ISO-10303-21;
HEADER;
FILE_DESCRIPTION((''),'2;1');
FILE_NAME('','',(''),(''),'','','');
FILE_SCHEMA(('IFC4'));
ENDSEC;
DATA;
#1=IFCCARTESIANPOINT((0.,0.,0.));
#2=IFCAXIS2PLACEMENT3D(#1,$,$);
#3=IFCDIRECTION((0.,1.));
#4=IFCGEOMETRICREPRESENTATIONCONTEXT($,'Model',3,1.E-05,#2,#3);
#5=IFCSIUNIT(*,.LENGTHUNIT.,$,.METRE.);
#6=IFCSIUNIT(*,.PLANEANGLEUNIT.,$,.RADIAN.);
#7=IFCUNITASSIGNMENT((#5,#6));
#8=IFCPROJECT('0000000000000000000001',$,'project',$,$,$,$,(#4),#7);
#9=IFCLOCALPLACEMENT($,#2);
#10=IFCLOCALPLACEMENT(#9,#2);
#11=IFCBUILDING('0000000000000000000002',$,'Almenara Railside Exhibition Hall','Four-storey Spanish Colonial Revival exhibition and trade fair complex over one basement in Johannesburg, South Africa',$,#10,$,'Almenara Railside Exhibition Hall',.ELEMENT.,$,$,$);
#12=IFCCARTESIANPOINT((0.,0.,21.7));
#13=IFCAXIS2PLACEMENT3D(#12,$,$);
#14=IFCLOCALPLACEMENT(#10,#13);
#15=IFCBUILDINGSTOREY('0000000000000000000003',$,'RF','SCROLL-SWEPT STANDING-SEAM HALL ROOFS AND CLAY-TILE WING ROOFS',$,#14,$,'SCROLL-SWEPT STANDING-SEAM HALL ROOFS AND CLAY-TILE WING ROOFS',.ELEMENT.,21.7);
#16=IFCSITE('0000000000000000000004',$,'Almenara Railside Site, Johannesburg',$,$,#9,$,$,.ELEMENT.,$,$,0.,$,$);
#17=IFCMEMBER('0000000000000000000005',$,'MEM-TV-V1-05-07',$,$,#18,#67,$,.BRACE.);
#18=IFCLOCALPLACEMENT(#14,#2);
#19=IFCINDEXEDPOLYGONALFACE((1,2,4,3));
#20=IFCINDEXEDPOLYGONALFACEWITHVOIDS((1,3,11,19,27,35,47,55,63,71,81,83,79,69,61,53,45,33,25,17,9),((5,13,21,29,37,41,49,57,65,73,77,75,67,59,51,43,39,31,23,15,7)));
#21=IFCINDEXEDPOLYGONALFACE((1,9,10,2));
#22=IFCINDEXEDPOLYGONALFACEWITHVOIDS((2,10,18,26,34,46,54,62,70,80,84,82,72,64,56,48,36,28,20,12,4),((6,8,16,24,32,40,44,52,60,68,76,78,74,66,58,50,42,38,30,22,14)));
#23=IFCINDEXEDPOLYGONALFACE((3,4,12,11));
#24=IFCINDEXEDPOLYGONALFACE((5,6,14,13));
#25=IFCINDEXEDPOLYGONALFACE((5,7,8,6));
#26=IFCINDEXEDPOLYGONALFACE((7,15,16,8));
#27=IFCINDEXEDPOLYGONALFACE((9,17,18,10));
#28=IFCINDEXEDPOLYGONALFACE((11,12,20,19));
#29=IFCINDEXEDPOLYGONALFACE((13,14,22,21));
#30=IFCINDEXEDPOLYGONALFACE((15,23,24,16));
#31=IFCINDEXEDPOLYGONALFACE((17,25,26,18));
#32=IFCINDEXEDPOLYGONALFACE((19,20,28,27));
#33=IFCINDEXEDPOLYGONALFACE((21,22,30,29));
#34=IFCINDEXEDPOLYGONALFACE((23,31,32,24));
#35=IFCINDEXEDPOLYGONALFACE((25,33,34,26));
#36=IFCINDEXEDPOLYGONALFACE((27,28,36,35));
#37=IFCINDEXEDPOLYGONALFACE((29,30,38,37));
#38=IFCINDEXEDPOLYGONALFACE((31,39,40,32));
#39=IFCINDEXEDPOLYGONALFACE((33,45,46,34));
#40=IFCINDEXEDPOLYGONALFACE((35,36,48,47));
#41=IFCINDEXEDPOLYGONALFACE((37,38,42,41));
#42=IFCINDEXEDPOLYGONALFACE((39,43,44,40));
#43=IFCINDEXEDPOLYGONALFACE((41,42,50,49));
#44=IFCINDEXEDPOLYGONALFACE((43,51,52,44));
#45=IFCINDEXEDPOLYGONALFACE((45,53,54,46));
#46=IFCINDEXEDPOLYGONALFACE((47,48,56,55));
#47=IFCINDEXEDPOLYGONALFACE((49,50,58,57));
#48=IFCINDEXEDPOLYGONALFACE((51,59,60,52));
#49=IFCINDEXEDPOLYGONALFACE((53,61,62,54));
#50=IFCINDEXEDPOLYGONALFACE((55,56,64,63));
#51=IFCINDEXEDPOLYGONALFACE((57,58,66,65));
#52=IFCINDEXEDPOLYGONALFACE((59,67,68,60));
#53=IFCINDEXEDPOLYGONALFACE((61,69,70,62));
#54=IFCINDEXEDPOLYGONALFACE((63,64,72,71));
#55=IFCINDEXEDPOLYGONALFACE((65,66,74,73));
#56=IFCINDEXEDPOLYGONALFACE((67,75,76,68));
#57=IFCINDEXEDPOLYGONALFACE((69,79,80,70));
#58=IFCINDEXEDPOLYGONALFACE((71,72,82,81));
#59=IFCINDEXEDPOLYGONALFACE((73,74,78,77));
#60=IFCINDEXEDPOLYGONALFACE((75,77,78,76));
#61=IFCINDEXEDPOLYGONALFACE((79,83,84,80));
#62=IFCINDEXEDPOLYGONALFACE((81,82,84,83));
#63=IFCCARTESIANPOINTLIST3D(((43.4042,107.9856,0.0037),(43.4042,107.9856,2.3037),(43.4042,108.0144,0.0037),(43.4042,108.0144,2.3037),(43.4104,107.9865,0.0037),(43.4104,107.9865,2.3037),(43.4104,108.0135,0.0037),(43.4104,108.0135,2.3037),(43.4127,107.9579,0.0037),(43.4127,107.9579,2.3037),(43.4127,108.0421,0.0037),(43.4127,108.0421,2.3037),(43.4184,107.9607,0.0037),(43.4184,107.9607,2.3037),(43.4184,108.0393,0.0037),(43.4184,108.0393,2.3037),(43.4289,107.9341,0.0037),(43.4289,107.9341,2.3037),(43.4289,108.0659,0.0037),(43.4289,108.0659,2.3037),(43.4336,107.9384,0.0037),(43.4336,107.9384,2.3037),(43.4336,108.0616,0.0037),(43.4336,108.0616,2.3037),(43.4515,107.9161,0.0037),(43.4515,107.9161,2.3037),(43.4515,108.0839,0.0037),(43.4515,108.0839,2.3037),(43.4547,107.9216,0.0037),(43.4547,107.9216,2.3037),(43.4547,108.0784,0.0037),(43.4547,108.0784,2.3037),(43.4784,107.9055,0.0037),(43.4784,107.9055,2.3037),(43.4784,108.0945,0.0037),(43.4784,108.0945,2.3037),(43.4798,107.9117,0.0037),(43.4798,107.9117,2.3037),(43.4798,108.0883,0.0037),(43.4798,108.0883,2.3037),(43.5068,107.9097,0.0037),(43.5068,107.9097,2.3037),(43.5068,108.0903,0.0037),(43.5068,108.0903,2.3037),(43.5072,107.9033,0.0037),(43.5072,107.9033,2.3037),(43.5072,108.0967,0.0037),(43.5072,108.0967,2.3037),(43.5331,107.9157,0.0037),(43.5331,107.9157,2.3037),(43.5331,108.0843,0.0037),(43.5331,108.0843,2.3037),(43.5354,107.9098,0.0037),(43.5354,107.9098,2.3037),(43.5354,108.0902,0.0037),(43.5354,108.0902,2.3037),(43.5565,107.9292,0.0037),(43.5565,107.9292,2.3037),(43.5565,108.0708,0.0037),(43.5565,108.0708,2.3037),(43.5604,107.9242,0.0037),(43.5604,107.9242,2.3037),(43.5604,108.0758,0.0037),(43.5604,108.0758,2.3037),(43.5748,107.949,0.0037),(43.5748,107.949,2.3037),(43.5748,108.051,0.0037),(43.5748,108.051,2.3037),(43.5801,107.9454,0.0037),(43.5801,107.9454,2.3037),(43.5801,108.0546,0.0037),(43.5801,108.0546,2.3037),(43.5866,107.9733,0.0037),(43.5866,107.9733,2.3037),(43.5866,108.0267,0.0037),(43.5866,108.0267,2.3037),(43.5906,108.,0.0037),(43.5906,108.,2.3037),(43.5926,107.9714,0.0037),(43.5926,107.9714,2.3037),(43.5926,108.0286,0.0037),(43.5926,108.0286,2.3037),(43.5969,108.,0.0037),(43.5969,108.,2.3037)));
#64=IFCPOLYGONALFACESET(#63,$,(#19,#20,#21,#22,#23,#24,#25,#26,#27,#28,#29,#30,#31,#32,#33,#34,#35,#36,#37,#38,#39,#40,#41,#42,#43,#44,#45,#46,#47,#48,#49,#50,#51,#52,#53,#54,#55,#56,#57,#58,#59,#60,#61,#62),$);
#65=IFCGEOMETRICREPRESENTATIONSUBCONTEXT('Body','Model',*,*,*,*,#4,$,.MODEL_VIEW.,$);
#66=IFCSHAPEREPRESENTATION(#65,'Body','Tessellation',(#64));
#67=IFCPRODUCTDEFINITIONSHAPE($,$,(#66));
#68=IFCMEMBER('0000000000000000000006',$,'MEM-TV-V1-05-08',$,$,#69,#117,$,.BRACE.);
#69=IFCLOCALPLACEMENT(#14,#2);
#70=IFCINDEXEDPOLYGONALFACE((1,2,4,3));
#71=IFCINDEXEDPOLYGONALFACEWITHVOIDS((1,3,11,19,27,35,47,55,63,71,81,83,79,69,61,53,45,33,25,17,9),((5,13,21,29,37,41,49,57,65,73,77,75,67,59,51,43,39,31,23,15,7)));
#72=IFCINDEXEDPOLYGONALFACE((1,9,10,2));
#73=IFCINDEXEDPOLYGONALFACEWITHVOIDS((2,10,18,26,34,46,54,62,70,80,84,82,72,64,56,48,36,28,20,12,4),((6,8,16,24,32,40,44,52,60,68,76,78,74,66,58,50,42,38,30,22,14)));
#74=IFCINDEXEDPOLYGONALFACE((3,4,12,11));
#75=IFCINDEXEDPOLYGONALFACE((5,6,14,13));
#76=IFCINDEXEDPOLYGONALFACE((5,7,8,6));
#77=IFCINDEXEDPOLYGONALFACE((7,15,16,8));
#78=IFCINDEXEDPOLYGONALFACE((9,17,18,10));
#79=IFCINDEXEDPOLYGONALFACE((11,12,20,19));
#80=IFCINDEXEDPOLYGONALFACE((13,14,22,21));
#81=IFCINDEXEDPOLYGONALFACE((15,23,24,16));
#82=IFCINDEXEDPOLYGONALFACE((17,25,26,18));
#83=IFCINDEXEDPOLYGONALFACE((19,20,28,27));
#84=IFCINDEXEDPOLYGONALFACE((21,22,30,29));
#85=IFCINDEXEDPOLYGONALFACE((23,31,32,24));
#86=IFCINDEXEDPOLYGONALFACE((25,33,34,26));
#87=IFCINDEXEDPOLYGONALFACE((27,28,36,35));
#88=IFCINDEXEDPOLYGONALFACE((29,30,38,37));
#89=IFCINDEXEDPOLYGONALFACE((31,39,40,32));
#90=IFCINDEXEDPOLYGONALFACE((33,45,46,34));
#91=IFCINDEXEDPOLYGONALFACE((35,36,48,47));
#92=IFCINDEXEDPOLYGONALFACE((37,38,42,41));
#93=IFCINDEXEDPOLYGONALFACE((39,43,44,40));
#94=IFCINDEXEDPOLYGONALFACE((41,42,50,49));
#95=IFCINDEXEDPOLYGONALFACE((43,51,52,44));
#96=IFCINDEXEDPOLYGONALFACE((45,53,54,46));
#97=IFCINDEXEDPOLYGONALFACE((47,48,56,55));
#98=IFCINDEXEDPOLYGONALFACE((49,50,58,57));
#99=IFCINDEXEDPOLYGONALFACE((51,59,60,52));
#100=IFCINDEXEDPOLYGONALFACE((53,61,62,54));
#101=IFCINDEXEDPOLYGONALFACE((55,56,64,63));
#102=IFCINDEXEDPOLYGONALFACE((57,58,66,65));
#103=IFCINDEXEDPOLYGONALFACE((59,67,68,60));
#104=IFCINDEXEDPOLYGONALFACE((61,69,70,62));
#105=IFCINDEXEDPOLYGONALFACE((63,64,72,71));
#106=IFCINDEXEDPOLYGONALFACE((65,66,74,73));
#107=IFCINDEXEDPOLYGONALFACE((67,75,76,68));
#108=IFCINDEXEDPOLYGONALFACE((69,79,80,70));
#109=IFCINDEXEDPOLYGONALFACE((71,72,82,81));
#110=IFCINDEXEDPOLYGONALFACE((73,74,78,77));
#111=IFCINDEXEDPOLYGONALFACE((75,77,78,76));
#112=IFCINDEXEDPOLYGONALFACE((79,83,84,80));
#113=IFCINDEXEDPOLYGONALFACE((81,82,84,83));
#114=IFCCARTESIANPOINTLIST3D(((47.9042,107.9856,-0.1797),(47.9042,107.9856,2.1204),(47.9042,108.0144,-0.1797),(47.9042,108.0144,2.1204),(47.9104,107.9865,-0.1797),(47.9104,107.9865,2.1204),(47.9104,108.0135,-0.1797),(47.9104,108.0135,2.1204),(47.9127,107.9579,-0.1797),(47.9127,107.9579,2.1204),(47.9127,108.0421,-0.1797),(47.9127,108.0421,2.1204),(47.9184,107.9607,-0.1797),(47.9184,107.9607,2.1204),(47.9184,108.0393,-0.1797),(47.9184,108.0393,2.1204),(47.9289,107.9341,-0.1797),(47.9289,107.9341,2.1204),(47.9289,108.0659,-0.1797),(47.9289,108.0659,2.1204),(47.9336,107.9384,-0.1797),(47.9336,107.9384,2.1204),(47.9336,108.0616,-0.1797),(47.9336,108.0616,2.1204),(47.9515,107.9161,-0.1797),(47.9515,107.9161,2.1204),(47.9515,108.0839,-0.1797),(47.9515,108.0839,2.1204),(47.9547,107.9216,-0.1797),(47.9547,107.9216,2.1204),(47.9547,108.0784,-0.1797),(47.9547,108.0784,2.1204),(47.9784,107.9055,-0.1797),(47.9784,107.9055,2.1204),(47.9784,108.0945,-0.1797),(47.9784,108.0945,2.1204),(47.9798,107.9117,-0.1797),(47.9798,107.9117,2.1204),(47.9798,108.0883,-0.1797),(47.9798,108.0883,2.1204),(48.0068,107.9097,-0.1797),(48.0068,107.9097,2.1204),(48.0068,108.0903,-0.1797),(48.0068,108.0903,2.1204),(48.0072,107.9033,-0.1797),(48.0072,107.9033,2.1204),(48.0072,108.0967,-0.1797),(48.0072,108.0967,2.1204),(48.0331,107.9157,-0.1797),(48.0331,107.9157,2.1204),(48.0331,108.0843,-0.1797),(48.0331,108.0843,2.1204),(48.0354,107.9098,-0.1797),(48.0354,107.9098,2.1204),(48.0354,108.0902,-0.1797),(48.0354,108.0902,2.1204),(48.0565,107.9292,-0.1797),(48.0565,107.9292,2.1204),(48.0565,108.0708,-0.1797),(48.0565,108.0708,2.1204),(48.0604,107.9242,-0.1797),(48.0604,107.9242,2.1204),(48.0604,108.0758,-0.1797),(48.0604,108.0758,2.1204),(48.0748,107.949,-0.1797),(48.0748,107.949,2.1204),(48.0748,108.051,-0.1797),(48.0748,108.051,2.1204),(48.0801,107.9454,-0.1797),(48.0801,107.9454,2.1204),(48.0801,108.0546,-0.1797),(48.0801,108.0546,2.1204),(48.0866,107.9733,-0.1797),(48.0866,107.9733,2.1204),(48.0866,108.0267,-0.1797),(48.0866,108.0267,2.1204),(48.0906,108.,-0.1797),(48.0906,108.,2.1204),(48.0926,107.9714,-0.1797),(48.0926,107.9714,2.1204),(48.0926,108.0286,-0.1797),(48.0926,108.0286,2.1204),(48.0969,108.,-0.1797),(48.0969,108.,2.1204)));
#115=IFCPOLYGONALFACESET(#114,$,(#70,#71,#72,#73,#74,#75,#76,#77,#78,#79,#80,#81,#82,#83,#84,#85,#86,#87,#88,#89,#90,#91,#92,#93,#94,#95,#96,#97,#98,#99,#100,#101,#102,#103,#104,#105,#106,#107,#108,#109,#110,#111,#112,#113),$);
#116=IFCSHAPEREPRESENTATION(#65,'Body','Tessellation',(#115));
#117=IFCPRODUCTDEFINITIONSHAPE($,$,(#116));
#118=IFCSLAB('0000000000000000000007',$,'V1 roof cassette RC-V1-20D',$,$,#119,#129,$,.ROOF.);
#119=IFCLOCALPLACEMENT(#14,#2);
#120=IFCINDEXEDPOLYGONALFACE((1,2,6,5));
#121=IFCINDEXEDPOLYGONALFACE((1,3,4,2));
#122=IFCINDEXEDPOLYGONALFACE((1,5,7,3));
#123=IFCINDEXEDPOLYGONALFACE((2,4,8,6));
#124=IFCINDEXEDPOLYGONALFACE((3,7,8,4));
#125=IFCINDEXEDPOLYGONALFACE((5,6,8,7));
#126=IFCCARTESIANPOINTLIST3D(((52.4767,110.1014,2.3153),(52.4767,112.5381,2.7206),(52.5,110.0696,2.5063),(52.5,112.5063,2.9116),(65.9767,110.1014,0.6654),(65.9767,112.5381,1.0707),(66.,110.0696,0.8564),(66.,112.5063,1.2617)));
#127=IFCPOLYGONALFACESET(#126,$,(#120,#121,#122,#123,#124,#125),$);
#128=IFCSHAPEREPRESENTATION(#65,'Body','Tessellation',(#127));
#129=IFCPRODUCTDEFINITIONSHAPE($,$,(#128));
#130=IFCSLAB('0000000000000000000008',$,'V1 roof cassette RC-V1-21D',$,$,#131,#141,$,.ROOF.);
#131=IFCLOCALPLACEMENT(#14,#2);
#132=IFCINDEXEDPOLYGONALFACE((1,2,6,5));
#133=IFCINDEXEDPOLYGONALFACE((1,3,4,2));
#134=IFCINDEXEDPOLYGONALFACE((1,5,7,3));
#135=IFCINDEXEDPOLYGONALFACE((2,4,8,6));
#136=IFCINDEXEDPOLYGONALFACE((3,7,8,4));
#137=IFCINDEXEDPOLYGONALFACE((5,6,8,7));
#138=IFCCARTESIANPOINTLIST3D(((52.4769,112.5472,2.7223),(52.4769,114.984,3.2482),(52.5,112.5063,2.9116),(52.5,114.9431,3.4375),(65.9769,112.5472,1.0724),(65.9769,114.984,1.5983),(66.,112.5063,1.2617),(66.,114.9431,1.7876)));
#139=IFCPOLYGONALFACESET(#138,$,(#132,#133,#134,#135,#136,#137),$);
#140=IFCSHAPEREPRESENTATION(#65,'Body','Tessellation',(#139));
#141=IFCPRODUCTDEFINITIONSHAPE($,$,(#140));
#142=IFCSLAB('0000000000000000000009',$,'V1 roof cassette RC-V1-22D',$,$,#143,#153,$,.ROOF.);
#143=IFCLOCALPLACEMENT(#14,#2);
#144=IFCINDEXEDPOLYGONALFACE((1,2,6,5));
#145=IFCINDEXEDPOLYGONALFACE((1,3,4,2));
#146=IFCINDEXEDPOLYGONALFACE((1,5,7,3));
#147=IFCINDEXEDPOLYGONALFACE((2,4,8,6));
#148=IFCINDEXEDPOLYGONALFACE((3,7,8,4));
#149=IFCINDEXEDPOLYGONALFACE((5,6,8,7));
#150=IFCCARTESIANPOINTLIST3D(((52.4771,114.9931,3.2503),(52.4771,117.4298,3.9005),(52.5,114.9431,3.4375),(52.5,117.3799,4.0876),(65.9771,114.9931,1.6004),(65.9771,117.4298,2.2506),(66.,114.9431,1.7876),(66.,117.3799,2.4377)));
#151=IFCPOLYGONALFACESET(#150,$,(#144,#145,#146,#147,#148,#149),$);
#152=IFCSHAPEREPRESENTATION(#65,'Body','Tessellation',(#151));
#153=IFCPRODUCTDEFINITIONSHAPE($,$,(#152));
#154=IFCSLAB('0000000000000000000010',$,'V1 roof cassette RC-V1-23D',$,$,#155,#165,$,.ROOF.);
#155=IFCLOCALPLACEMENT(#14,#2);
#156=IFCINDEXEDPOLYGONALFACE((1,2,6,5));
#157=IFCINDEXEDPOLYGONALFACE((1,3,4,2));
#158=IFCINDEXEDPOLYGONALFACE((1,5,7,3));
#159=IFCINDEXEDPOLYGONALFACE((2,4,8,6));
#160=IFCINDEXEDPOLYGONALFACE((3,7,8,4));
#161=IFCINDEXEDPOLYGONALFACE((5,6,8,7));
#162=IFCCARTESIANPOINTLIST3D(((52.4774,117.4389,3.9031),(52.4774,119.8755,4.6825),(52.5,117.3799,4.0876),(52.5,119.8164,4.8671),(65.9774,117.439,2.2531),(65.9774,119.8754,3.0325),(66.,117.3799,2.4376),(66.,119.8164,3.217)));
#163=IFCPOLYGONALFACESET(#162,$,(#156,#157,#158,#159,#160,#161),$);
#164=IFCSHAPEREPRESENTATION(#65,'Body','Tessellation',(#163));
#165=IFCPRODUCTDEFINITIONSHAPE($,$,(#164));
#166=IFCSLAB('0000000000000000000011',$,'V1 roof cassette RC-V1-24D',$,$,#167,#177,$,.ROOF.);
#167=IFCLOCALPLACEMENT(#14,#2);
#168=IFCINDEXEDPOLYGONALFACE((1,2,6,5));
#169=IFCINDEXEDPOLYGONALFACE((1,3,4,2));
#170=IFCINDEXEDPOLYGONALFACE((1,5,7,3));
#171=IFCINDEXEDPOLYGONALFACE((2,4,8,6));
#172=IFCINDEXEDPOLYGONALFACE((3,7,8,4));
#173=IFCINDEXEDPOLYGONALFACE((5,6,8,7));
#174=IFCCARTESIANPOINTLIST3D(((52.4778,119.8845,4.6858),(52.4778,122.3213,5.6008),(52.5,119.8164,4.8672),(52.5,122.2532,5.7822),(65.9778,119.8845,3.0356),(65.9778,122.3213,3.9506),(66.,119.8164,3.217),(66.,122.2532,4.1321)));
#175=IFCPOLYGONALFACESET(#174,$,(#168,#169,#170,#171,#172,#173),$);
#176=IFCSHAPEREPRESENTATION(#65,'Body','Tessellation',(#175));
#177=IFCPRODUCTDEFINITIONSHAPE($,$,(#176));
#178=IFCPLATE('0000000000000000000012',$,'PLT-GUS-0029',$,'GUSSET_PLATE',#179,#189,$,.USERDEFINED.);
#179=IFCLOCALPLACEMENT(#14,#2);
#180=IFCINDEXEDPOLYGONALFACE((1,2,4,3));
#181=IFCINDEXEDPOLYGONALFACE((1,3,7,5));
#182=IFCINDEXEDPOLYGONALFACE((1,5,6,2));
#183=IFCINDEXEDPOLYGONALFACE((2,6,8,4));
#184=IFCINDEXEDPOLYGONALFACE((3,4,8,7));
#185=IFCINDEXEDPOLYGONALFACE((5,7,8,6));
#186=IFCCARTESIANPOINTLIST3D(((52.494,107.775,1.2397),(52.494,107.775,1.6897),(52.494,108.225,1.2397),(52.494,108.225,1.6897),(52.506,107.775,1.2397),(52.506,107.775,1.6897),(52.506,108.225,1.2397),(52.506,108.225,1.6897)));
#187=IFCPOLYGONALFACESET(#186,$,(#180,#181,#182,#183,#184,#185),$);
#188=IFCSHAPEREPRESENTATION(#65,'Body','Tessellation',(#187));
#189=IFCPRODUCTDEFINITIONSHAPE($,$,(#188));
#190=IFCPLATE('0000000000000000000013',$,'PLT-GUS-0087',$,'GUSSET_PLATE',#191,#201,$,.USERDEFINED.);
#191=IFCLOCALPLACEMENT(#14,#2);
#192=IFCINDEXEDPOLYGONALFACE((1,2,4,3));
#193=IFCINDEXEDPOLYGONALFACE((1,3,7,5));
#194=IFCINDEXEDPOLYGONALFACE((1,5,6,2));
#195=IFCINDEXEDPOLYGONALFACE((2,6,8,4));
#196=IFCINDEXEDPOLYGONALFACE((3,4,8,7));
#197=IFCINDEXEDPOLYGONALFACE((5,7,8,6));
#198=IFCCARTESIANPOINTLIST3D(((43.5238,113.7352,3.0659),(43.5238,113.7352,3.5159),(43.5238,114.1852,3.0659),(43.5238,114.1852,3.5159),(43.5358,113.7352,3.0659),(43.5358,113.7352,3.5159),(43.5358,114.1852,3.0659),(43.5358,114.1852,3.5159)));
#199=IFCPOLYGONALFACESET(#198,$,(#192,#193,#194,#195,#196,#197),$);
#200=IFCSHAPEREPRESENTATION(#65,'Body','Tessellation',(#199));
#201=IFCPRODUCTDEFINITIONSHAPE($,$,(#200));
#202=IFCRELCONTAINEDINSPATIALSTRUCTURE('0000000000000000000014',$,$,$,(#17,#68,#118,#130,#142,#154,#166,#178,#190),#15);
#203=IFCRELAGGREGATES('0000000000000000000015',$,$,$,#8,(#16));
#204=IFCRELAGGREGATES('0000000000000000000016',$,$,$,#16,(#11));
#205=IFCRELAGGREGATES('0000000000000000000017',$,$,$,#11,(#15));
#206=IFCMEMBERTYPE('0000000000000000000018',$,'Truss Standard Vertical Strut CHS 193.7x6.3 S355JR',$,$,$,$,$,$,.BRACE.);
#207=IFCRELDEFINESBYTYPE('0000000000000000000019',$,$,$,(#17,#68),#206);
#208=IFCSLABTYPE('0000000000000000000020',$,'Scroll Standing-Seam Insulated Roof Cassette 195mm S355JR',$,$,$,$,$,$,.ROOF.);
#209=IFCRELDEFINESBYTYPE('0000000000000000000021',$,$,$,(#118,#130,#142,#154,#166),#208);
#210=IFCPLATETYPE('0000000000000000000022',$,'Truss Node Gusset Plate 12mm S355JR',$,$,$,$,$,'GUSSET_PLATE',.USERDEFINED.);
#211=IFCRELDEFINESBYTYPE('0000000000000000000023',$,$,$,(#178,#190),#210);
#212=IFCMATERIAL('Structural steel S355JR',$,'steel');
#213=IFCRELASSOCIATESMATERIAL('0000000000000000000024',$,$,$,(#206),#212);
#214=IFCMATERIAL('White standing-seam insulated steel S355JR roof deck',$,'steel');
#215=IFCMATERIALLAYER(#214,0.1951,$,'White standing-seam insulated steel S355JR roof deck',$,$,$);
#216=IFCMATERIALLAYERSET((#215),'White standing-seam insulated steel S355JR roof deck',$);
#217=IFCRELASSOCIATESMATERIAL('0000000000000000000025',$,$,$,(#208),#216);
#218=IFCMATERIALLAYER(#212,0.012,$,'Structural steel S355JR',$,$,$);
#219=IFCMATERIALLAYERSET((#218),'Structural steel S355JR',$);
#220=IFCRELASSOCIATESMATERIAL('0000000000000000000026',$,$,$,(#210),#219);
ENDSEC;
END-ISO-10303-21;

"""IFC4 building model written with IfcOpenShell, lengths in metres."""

from ifc_helpers import new_model, si_unit, direction, frame, origin, origin_2d, place, context, subcontext, project, spatial, polyline, rectangle, hollow_circle, outline, extrude, material, layer, layer_set, material_profile, profile_set, type_object, element, save


model = new_model("IFC4")

# Units and contexts
model_context = context("Model", 3, precision=1e-05, world=origin(), true_north=direction((0.0, 1.0)))
body_context = subcontext(model_context, "Body", "Model", "MODEL_VIEW")
ifc_project = project(units=[si_unit("LENGTHUNIT", "METRE"), si_unit("PLANEANGLEUNIT", "RADIAN")], contexts=[model_context])

# Site, building, storey
site_placement = place(None, origin())
site = spatial("IfcSite", under=ifc_project, at=site_placement, Name="Almenara Railside Site, Johannesburg", CompositionType="ELEMENT", RefElevation=0.0)
building_placement = place(site_placement, origin())
building = spatial("IfcBuilding", under=site, at=building_placement, Name="Almenara Railside Exhibition Hall", Description="Four-storey Spanish Colonial Revival exhibition and trade fair complex over one basement in Johannesburg, South Africa", LongName="Almenara Railside Exhibition Hall", CompositionType="ELEMENT")
storey_placement = place(building_placement, frame((0.0, 0.0, 21.7)))
storey = spatial("IfcBuildingStorey", under=building, at=storey_placement, Name="RF", Description="SCROLL-SWEPT STANDING-SEAM HALL ROOFS AND CLAY-TILE WING ROOFS", LongName="SCROLL-SWEPT STANDING-SEAM HALL ROOFS AND CLAY-TILE WING ROOFS", CompositionType="ELEMENT", Elevation=21.7)

# Members
ifc_material_1 = material(Name="Structural steel S355JR", Category="steel")
ifc_material_profile_1 = material_profile(ifc_material_1, hollow_circle(Radius=0.0969, WallThickness=0.0063, at=origin_2d()), Name="CHS 193.7x6.3")
ifc_profile_set_1 = profile_set([ifc_material_profile_1], Name="Structural steel S355JR")
member_type_1 = type_object("IfcMemberType", Name="Truss Standard Vertical Strut CHS 193.7x6.3 S355JR", PredefinedType="BRACE", material=ifc_profile_set_1)
for number, where, z_axis, x_axis, name in (
    (1, (43.5, 108.0, 0.0037), (0.0, 0.0, 1.0), (1.0, 0.0, 0.0), "MEM-TV-V1-05-07"),
    (2, (48.0, 108.0, -0.1797), (0.0, 0.0, 1.0), (1.0, 0.0, 0.0), "MEM-TV-V1-05-08"),
):
    element("IfcMember", number, at=place(storey_placement, frame(where, z_axis=z_axis, x_axis=x_axis)), inside=storey, type_object=member_type_1, Name=name, PredefinedType="BRACE", context=body_context, shape_type="SweptSolid", body=[
        extrude(hollow_circle(Radius=0.0969, WallThickness=0.0063, at=origin_2d()), origin(), (0.0, 0.0, 1.0), 2.3),
    ])

# Slabs
ifc_material_2 = material(Name="White standing-seam insulated steel S355JR roof deck", Category="steel")
ifc_layer_1 = layer(ifc_material_2, 0.1951, Name="White standing-seam insulated steel S355JR roof deck")
ifc_layer_set_1 = layer_set([ifc_layer_1], Name="White standing-seam insulated steel S355JR roof deck")
slab_type = type_object("IfcSlabType", Name="Scroll Standing-Seam Insulated Roof Cassette 195mm S355JR", PredefinedType="ROOF", material=ifc_layer_set_1)
slab_1_placement = place(storey_placement, frame((52.5, 110.0696, 2.5063), z_axis=(0.119692, -0.162883, 0.979358), x_axis=(0.992614, 0.0, -0.121312)))
element("IfcSlab", 3, at=slab_1_placement, inside=storey, type_object=slab_type, Name="V1 roof cassette RC-V1-20D", PredefinedType="ROOF", context=body_context, shape_type="SweptSolid", body=[
    extrude(outline(polyline([(0.0, 0.0), (13.6004, 0.0), (13.5513, 2.4698), (-0.0492, 2.4698), (0.0, 0.0)])), origin(), (0.0, 0.0, -1.0), 0.1951),
])
slab_2_placement = place(storey_placement, frame((52.5, 112.5063, 2.9116), z_axis=(0.118621, -0.209464, 0.970595), x_axis=(0.992614, 0.0, -0.121312)))
element("IfcSlab", 4, at=slab_2_placement, inside=storey, type_object=slab_type, Name="V1 roof cassette RC-V1-21D", PredefinedType="ROOF", context=body_context, shape_type="SweptSolid", body=[
    extrude(outline(polyline([(0.0, 0.0), (13.6004, 0.0), (13.5367, 2.4921), (-0.0638, 2.4921), (0.0, 0.0)])), origin(), (0.0, 0.0, -1.0), 0.1951),
])
slab_3_placement = place(storey_placement, frame((52.5, 114.9431, 3.4375), z_axis=(0.11727, -0.25601, 0.959535), x_axis=(0.992614, 0.0, -0.121312)))
element("IfcSlab", 5, at=slab_3_placement, inside=storey, type_object=slab_type, Name="V1 roof cassette RC-V1-22D", PredefinedType="ROOF", context=body_context, shape_type="SweptSolid", body=[
    extrude(outline(polyline([(0.0, 0.0), (13.6004, 0.0), (13.5216, 2.5208), (-0.0789, 2.5208), (0.0, 0.0)])), origin(), (0.0, 0.0, -1.0), 0.1951),
])
slab_4_placement = place(storey_placement, frame((52.5, 117.3799, 4.0876), z_axis=(0.115632, -0.302637, 0.946066), x_axis=(0.992613, 0.000003, -0.12132)))
element("IfcSlab", 6, at=slab_4_placement, inside=storey, type_object=slab_type, Name="V1 roof cassette RC-V1-23D", PredefinedType="ROOF", context=body_context, shape_type="SweptSolid", body=[
    extrude(outline(polyline([(0.0, 0.0), (13.6004, 0.0), (13.5059, 2.5564), (-0.0946, 2.5564), (0.0, 0.0)])), origin(), (0.0, 0.0, -1.0), 0.1951),
])
slab_5_placement = place(storey_placement, frame((52.5, 119.8164, 4.8672), z_axis=(0.113689, -0.349266, 0.930101), x_axis=(0.992612, 0.0, -0.12133)))
element("IfcSlab", 7, at=slab_5_placement, inside=storey, type_object=slab_type, Name="V1 roof cassette RC-V1-24D", PredefinedType="ROOF", context=body_context, shape_type="SweptSolid", body=[
    extrude(outline(polyline([(0.0, 0.0), (13.6005, 0.0), (13.4895, 2.6005), (-0.111, 2.6005), (0.0, 0.0)])), origin(), (0.0, 0.0, -1.0), 0.1951),
])

# Plates
ifc_layer_2 = layer(ifc_material_1, 0.012, Name="Structural steel S355JR")
ifc_layer_set_2 = layer_set([ifc_layer_2], Name="Structural steel S355JR")
plate_type_1 = type_object("IfcPlateType", Name="Truss Node Gusset Plate 12mm S355JR", ElementType="GUSSET_PLATE", PredefinedType="USERDEFINED", material=ifc_layer_set_2)
for number, where, z_axis, x_axis, name in (
    (8, (52.5, 108.0, 1.2397), (0.0, 0.0, 1.0), (0.0, 1.0, 0.0), "PLT-GUS-0029"),
    (9, (43.5298, 113.9602, 3.0659), (0.0, 0.0, 1.0), (0.0, 1.0, 0.0), "PLT-GUS-0087"),
):
    element("IfcPlate", number, at=place(storey_placement, frame(where, z_axis=z_axis, x_axis=x_axis)), inside=storey, type_object=plate_type_1, Name=name, ObjectType="GUSSET_PLATE", PredefinedType="USERDEFINED", context=body_context, shape_type="SweptSolid", body=[
        extrude(rectangle(XDim=0.45, YDim=0.012, at=origin_2d()), origin(), (0.0, 0.0, 1.0), 0.45),
    ])

save(model, "model.ifc")
